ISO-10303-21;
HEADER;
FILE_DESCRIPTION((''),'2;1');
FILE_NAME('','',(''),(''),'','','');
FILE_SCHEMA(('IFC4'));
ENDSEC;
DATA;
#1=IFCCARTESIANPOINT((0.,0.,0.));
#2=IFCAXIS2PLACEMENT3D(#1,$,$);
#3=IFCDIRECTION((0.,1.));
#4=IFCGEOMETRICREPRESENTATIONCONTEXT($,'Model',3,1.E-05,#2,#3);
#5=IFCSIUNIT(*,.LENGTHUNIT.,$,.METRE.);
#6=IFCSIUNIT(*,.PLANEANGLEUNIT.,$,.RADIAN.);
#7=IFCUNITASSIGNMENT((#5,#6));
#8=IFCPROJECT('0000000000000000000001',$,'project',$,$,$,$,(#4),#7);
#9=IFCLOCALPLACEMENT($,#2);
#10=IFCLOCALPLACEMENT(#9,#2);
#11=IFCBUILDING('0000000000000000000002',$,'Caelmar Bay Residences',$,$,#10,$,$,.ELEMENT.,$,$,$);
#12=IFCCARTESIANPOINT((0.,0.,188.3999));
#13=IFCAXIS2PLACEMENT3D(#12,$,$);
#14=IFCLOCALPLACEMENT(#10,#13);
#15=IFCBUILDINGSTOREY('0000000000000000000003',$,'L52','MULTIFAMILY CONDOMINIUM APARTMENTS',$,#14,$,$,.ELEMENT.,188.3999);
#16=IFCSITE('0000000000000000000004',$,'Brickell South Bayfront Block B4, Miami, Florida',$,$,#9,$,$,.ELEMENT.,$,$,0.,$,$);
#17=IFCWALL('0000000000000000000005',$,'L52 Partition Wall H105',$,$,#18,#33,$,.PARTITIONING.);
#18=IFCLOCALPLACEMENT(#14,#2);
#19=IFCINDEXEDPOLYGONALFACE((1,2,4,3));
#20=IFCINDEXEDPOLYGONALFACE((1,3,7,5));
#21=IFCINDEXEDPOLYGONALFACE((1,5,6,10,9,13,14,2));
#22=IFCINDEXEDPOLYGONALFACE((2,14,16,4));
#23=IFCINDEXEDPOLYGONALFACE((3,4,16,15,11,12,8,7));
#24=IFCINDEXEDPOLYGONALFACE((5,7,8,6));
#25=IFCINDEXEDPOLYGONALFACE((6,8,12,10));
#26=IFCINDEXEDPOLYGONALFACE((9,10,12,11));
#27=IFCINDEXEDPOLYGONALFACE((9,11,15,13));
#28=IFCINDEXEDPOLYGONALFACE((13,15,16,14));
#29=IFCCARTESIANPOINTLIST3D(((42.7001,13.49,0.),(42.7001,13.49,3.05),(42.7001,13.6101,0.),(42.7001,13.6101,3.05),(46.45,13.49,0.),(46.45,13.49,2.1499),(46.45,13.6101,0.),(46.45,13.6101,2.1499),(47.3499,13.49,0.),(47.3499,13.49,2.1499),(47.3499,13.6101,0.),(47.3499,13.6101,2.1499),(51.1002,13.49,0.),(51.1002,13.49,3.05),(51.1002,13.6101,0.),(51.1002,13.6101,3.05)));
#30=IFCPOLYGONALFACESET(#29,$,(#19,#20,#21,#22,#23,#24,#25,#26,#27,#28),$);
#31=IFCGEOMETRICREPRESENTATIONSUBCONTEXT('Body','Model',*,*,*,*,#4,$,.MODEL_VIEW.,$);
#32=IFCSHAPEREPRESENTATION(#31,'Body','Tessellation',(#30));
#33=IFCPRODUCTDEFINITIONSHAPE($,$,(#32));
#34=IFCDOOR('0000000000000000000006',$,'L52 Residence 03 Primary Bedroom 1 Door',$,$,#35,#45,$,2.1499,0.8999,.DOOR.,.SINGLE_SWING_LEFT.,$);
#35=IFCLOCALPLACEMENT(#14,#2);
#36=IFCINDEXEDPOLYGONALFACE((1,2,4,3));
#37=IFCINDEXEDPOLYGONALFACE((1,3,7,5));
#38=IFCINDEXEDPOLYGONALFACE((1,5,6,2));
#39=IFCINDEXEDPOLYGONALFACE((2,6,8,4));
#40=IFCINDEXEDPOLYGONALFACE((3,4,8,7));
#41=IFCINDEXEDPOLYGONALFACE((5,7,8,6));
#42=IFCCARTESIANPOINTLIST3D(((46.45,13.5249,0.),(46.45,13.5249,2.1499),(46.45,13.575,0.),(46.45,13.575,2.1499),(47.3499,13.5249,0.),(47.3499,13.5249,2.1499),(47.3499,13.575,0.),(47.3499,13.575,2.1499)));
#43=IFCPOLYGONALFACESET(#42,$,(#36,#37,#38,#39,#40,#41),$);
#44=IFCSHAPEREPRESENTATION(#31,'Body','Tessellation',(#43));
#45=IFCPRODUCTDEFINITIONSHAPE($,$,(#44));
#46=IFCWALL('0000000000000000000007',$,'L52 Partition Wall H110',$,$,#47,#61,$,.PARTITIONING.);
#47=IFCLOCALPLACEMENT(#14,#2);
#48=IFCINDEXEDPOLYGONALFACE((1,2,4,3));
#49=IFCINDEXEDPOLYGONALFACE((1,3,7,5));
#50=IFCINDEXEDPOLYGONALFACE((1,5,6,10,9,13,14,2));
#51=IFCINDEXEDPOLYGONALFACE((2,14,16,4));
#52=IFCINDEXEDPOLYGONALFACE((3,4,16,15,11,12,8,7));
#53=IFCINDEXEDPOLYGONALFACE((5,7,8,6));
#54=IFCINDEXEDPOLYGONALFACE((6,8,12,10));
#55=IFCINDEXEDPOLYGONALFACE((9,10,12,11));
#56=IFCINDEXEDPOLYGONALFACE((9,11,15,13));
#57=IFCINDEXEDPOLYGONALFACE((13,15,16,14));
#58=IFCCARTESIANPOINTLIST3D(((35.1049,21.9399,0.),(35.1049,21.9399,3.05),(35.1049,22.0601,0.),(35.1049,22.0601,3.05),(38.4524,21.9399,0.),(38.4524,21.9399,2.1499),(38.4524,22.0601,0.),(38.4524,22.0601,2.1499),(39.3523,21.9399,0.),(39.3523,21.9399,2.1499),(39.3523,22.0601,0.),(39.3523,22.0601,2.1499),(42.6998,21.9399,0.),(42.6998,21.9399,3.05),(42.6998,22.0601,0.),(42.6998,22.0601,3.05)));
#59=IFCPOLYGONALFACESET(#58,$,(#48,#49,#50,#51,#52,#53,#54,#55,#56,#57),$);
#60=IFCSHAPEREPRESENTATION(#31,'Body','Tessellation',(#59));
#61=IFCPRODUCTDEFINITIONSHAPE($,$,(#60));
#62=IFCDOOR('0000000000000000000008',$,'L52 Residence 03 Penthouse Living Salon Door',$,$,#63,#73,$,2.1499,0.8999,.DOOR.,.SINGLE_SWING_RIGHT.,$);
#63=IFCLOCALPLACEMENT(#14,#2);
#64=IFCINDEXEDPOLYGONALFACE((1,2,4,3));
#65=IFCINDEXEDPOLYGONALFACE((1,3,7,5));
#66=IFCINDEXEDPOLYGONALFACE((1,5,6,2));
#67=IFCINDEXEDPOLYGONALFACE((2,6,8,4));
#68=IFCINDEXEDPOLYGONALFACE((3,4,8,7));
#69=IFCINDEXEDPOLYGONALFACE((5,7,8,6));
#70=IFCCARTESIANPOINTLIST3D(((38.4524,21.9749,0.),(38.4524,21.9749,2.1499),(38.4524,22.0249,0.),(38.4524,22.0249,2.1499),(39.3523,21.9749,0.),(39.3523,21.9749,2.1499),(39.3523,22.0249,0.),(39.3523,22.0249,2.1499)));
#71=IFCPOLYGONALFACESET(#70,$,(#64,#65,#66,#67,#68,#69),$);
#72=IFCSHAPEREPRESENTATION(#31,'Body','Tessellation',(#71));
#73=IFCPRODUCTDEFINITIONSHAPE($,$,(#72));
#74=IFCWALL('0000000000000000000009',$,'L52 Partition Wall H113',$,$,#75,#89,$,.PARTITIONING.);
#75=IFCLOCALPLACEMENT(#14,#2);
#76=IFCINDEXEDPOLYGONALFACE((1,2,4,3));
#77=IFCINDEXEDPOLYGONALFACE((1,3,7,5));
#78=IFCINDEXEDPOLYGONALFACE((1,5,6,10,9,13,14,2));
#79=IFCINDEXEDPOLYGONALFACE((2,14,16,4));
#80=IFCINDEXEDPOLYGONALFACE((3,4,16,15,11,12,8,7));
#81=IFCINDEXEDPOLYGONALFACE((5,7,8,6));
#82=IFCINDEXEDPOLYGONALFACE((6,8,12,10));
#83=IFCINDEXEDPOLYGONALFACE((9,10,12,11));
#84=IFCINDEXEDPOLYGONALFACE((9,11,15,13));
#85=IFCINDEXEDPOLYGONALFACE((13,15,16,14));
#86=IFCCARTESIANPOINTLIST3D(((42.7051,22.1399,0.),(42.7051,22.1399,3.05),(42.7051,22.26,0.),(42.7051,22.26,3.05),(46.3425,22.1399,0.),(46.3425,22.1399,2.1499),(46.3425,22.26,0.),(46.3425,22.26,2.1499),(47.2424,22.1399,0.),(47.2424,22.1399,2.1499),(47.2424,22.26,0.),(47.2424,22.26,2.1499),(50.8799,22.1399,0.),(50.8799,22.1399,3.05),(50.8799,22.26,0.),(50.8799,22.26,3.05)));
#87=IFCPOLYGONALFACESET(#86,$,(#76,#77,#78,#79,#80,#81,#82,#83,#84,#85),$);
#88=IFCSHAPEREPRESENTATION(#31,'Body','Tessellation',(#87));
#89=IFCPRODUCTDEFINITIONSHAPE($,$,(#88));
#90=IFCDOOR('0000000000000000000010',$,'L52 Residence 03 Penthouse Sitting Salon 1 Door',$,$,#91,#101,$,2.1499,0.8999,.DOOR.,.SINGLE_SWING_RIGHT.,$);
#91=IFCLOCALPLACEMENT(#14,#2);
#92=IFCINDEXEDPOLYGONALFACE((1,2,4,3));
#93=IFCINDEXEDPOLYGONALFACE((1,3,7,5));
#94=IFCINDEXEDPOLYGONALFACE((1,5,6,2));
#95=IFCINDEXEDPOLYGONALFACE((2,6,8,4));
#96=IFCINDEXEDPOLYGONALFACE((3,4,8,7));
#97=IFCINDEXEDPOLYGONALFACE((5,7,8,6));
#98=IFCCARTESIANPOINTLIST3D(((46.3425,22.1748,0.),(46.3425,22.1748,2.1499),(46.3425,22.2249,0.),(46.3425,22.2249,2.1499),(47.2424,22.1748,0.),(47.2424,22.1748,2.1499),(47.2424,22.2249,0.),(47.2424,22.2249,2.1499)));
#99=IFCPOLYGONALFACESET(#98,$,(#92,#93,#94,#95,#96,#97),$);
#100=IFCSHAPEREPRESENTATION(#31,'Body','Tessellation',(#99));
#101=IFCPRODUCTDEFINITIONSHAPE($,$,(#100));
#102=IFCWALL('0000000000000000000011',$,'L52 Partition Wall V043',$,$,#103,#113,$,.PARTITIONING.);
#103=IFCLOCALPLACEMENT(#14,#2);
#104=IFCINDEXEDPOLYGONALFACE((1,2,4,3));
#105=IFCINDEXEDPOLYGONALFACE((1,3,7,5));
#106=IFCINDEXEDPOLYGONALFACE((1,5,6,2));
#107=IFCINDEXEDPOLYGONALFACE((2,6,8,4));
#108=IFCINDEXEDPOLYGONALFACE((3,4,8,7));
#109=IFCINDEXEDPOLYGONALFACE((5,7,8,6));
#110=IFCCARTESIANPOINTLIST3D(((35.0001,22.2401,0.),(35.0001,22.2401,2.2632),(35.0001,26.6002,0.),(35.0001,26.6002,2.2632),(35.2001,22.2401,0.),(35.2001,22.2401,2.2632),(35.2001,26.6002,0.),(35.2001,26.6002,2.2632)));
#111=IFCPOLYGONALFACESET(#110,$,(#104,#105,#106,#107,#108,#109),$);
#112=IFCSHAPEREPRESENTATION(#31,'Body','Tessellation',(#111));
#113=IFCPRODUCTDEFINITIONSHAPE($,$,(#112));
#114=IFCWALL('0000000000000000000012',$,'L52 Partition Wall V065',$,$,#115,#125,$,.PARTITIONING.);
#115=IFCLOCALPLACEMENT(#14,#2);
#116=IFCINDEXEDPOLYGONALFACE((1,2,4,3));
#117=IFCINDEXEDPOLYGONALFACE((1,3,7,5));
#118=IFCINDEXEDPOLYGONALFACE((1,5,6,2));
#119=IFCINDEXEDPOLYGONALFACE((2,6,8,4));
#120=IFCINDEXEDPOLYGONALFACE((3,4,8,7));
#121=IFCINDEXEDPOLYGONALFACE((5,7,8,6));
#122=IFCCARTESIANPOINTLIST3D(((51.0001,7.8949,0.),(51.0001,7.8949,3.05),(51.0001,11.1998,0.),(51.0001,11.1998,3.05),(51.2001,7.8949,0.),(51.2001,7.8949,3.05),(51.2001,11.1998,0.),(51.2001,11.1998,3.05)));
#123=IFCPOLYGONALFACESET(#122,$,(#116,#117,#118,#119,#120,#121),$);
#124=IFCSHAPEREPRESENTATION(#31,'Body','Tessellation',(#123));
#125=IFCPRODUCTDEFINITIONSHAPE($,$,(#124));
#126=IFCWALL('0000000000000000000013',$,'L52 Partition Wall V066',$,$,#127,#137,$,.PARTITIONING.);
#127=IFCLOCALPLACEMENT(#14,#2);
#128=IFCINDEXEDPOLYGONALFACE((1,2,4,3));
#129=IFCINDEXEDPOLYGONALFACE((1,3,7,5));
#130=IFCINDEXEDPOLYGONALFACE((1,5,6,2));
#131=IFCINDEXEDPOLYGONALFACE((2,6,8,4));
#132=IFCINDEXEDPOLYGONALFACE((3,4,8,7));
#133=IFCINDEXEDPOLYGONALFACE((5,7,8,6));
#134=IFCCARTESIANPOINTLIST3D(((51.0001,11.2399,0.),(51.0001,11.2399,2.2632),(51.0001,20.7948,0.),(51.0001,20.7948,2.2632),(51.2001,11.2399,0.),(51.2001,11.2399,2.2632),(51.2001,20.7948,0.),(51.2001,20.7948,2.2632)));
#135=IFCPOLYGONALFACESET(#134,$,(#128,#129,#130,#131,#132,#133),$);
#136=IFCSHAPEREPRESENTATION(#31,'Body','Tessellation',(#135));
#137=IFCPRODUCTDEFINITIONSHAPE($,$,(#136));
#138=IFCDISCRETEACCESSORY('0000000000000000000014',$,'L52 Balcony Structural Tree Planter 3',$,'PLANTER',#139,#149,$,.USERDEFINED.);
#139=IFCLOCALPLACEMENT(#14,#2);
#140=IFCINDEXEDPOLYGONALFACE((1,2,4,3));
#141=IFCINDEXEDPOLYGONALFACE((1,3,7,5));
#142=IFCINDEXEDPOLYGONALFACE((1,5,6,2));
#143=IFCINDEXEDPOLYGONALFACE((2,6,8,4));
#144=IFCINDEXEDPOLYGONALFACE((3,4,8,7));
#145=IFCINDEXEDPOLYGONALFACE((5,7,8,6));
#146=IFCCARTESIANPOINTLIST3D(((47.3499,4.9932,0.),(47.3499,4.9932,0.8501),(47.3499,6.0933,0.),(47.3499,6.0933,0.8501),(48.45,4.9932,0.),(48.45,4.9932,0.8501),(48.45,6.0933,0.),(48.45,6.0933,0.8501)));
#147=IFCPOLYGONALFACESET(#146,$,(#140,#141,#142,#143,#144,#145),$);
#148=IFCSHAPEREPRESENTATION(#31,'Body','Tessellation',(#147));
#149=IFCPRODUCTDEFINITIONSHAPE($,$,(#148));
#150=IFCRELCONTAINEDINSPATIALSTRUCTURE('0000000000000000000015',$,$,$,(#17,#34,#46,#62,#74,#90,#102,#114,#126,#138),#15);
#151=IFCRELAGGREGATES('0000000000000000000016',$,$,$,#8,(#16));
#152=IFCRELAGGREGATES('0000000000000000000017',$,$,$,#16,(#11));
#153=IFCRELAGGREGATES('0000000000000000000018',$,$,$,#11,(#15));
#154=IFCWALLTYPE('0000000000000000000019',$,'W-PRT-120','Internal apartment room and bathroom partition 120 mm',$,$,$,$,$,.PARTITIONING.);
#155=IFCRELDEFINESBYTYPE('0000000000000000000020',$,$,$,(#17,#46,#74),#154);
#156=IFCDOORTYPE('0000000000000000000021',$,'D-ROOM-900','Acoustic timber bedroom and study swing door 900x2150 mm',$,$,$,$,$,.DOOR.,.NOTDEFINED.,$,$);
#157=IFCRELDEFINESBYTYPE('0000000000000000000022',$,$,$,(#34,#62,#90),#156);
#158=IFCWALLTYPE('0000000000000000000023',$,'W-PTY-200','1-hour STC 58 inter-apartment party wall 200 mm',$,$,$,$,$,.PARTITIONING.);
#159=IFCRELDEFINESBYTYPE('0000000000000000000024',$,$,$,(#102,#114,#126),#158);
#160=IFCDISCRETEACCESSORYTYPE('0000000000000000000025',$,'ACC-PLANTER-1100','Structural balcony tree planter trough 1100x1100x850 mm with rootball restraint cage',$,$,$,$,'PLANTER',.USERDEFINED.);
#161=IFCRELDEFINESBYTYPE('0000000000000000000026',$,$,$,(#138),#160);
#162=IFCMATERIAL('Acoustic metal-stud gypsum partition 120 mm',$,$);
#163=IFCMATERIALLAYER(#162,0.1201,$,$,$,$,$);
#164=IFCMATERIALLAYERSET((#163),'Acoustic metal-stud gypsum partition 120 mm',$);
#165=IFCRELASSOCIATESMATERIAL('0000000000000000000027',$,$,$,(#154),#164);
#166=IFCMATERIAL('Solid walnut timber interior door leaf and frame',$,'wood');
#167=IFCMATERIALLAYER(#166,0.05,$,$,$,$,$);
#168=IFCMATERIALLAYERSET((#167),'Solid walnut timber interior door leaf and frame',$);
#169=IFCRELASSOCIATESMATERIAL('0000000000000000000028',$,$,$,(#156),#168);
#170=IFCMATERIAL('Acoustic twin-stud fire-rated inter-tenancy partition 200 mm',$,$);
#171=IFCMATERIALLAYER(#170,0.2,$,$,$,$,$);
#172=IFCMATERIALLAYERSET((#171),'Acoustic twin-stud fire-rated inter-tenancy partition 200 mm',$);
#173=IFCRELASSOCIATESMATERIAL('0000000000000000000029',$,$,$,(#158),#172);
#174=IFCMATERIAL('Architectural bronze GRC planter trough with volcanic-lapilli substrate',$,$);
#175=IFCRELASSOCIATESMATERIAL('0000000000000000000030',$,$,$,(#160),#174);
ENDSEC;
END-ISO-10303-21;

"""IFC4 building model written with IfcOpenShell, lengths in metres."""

from ifc_helpers import new_model, si_unit, direction, frame, frame_2d, origin, origin_2d, place, context, subcontext, project, spatial, rectangle, extrude, material, layer, layer_set, type_object, element, fill, save


model = new_model("IFC4")

# Units and contexts
model_context = context("Model", 3, precision=1e-05, world=origin(), true_north=direction((0.0, 1.0)))
body_context = subcontext(model_context, "Body", "Model", "MODEL_VIEW")
ifc_project = project(units=[si_unit("LENGTHUNIT", "METRE"), si_unit("PLANEANGLEUNIT", "RADIAN")], contexts=[model_context])

# Site, building, storey
site_placement = place(None, origin())
site = spatial("IfcSite", under=ifc_project, at=site_placement, Name="Brickell South Bayfront Block B4, Miami, Florida", CompositionType="ELEMENT", RefElevation=0.0)
building_placement = place(site_placement, origin())
building = spatial("IfcBuilding", under=site, at=building_placement, Name="Caelmar Bay Residences", CompositionType="ELEMENT")
storey_placement = place(building_placement, frame((0.0, 0.0, 188.3999)))
storey = spatial("IfcBuildingStorey", under=building, at=storey_placement, Name="L52", Description="MULTIFAMILY CONDOMINIUM APARTMENTS", CompositionType="ELEMENT", Elevation=188.3999)

# Shared definitions
ifc_material_1 = material(Name="Acoustic metal-stud gypsum partition 120 mm")
ifc_layer_1 = layer(ifc_material_1, 0.1201)
ifc_layer_set_1 = layer_set([ifc_layer_1], Name="Acoustic metal-stud gypsum partition 120 mm")
wall_type_1 = type_object("IfcWallType", Name="W-PRT-120", Description="Internal apartment room and bathroom partition 120 mm", PredefinedType="PARTITIONING", material=ifc_layer_set_1)

# Walls, openings, doors
ifc_material_2 = material(Name="Solid walnut timber interior door leaf and frame", Category="wood")
ifc_layer_2 = layer(ifc_material_2, 0.05)
ifc_layer_set_2 = layer_set([ifc_layer_2], Name="Solid walnut timber interior door leaf and frame")
door_type = type_object("IfcDoorType", Name="D-ROOM-900", Description="Acoustic timber bedroom and study swing door 900x2150 mm", OperationType="NOTDEFINED", PredefinedType="DOOR", material=ifc_layer_set_2)
wall_1_placement = place(storey_placement, frame((42.7, 13.55, 0.0), z_axis=(0.0, 0.0, 1.0), x_axis=(1.0, 0.0, 0.0)))
wall_1 = element("IfcWall", 1, at=wall_1_placement, inside=storey, type_object=wall_type_1, Name="L52 Partition Wall H105", PredefinedType="PARTITIONING", context=body_context, shape_type="SweptSolid", body=[
    extrude(rectangle(XDim=8.4001, YDim=0.1201, at=frame_2d((4.2002, 0.0))), origin(), (0.0, 0.0, 1.0), 3.05),
])
opening_1_placement = place(wall_1_placement, frame((3.75, 0.0, 0.0)))
opening_1 = element("IfcOpeningElement", 2, at=opening_1_placement, cuts=wall_1, PredefinedType="OPENING", context=body_context, shape_type="SweptSolid", body=[
    extrude(rectangle(XDim=0.8999, YDim=2.1499, at=frame_2d((0.45, 1.075))), frame((0.0, 0.0701, 0.0), z_axis=(0.0, -1.0, 0.0), x_axis=(1.0, 0.0, 0.0)), (0.0, 0.0, 1.0), 0.1401),
])
door_1_placement = place(opening_1_placement, origin())
door_1 = element("IfcDoor", 3, at=door_1_placement, inside=storey, type_object=door_type, Name="L52 Residence 03 Primary Bedroom 1 Door", OperationType="SINGLE_SWING_LEFT", OverallHeight=2.1499, OverallWidth=0.8999, PredefinedType="DOOR", context=body_context, shape_type="SweptSolid", body=[
    extrude(rectangle(XDim=0.8999, YDim=2.1499, at=frame_2d((0.45, 1.075))), frame((0.0, 0.0249, 0.0), z_axis=(0.0, -1.0, 0.0), x_axis=(1.0, 0.0, 0.0)), (0.0, 0.0, 1.0), 0.05),
])
fill(opening_1, door_1)
wall_2_placement = place(storey_placement, frame((35.105, 22.0, 0.0), z_axis=(0.0, 0.0, 1.0), x_axis=(1.0, 0.0, 0.0)))
wall_2 = element("IfcWall", 4, at=wall_2_placement, inside=storey, type_object=wall_type_1, Name="L52 Partition Wall H110", PredefinedType="PARTITIONING", context=body_context, shape_type="SweptSolid", body=[
    extrude(rectangle(XDim=7.595, YDim=0.1201, at=frame_2d((3.7974, 0.0))), origin(), (0.0, 0.0, 1.0), 3.05),
])
opening_2_placement = place(wall_2_placement, frame((3.3474, 0.0, 0.0)))
opening_2 = element("IfcOpeningElement", 5, at=opening_2_placement, cuts=wall_2, PredefinedType="OPENING", context=body_context, shape_type="SweptSolid", body=[
    extrude(rectangle(XDim=0.8999, YDim=2.1499, at=frame_2d((0.45, 1.075))), frame((0.0, 0.0701, 0.0), z_axis=(0.0, -1.0, 0.0), x_axis=(1.0, 0.0, 0.0)), (0.0, 0.0, 1.0), 0.1401),
])
door_2_placement = place(opening_2_placement, origin())
door_2 = element("IfcDoor", 6, at=door_2_placement, inside=storey, type_object=door_type, Name="L52 Residence 03 Penthouse Living Salon Door", OperationType="SINGLE_SWING_RIGHT", OverallHeight=2.1499, OverallWidth=0.8999, PredefinedType="DOOR", context=body_context, shape_type="SweptSolid", body=[
    extrude(rectangle(XDim=0.8999, YDim=2.1499, at=frame_2d((0.45, 1.075))), frame((0.0, 0.0249, 0.0), z_axis=(0.0, -1.0, 0.0), x_axis=(1.0, 0.0, 0.0)), (0.0, 0.0, 1.0), 0.05),
])
fill(opening_2, door_2)
wall_3_placement = place(storey_placement, frame((42.7051, 22.2, 0.0), z_axis=(0.0, 0.0, 1.0), x_axis=(1.0, 0.0, 0.0)))
wall_3 = element("IfcWall", 7, at=wall_3_placement, inside=storey, type_object=wall_type_1, Name="L52 Partition Wall H113", PredefinedType="PARTITIONING", context=body_context, shape_type="SweptSolid", body=[
    extrude(rectangle(XDim=8.1748, YDim=0.1201, at=frame_2d((4.0874, 0.0))), origin(), (0.0, 0.0, 1.0), 3.05),
])
opening_3_placement = place(wall_3_placement, frame((3.6375, 0.0, 0.0)))
opening_3 = element("IfcOpeningElement", 8, at=opening_3_placement, cuts=wall_3, PredefinedType="OPENING", context=body_context, shape_type="SweptSolid", body=[
    extrude(rectangle(XDim=0.8999, YDim=2.1499, at=frame_2d((0.45, 1.075))), frame((0.0, 0.0701, 0.0), z_axis=(0.0, -1.0, 0.0), x_axis=(1.0, 0.0, 0.0)), (0.0, 0.0, 1.0), 0.1401),
])
door_3_placement = place(opening_3_placement, origin())
door_3 = element("IfcDoor", 9, at=door_3_placement, inside=storey, type_object=door_type, Name="L52 Residence 03 Penthouse Sitting Salon 1 Door", OperationType="SINGLE_SWING_RIGHT", OverallHeight=2.1499, OverallWidth=0.8999, PredefinedType="DOOR", context=body_context, shape_type="SweptSolid", body=[
    extrude(rectangle(XDim=0.8999, YDim=2.1499, at=frame_2d((0.45, 1.075))), frame((0.0, 0.0249, 0.0), z_axis=(0.0, -1.0, 0.0), x_axis=(1.0, 0.0, 0.0)), (0.0, 0.0, 1.0), 0.05),
])
fill(opening_3, door_3)

# Walls
ifc_material_3 = material(Name="Acoustic twin-stud fire-rated inter-tenancy partition 200 mm")
ifc_layer_3 = layer(ifc_material_3, 0.2)
ifc_layer_set_3 = layer_set([ifc_layer_3], Name="Acoustic twin-stud fire-rated inter-tenancy partition 200 mm")
wall_type_2 = type_object("IfcWallType", Name="W-PTY-200", Description="1-hour STC 58 inter-apartment party wall 200 mm", PredefinedType="PARTITIONING", material=ifc_layer_set_3)
wall_4_placement = place(storey_placement, frame((35.1001, 22.24, 0.0), z_axis=(0.0, 0.0, 1.0), x_axis=(0.0, 1.0, 0.0)))
element("IfcWall", 10, at=wall_4_placement, inside=storey, type_object=wall_type_2, Name="L52 Partition Wall V043", PredefinedType="PARTITIONING", context=body_context, shape_type="SweptSolid", body=[
    extrude(rectangle(XDim=4.3601, YDim=0.2, at=frame_2d((2.1802, 0.0))), origin(), (0.0, 0.0, 1.0), 2.2632),
])
wall_5_placement = place(storey_placement, frame((51.1001, 7.895, 0.0), z_axis=(0.0, 0.0, 1.0), x_axis=(0.0, 1.0, 0.0)))
element("IfcWall", 11, at=wall_5_placement, inside=storey, type_object=wall_type_2, Name="L52 Partition Wall V065", PredefinedType="PARTITIONING", context=body_context, shape_type="SweptSolid", body=[
    extrude(rectangle(XDim=3.3049, YDim=0.2, at=frame_2d((1.6523, 0.0))), origin(), (0.0, 0.0, 1.0), 3.05),
])
wall_6_placement = place(storey_placement, frame((51.1001, 11.24, 0.0), z_axis=(0.0, 0.0, 1.0), x_axis=(0.0, 1.0, 0.0)))
element("IfcWall", 12, at=wall_6_placement, inside=storey, type_object=wall_type_2, Name="L52 Partition Wall V066", PredefinedType="PARTITIONING", context=body_context, shape_type="SweptSolid", body=[
    extrude(rectangle(XDim=9.5549, YDim=0.2, at=frame_2d((4.7773, 0.0))), origin(), (0.0, 0.0, 1.0), 2.2632),
])

# Discrete accessory
ifc_material_4 = material(Name="Architectural bronze GRC planter trough with volcanic-lapilli substrate")
discrete_accessory_type = type_object("IfcDiscreteAccessoryType", Name="ACC-PLANTER-1100", Description="Structural balcony tree planter trough 1100x1100x850 mm with rootball restraint cage", ElementType="PLANTER", PredefinedType="USERDEFINED", material=ifc_material_4)
discrete_accessory_placement = place(storey_placement, frame((47.8999, 5.5432, 0.0), z_axis=(0.0, 0.0, 1.0), x_axis=(1.0, 0.0, 0.0)))
element("IfcDiscreteAccessory", 13, at=discrete_accessory_placement, inside=storey, type_object=discrete_accessory_type, Name="L52 Balcony Structural Tree Planter 3", ObjectType="PLANTER", PredefinedType="USERDEFINED", context=body_context, shape_type="SweptSolid", body=[
    extrude(rectangle(XDim=1.1001, YDim=1.1001, at=origin_2d()), origin(), (0.0, 0.0, 1.0), 0.8501),
])

save(model, "model.ifc")
